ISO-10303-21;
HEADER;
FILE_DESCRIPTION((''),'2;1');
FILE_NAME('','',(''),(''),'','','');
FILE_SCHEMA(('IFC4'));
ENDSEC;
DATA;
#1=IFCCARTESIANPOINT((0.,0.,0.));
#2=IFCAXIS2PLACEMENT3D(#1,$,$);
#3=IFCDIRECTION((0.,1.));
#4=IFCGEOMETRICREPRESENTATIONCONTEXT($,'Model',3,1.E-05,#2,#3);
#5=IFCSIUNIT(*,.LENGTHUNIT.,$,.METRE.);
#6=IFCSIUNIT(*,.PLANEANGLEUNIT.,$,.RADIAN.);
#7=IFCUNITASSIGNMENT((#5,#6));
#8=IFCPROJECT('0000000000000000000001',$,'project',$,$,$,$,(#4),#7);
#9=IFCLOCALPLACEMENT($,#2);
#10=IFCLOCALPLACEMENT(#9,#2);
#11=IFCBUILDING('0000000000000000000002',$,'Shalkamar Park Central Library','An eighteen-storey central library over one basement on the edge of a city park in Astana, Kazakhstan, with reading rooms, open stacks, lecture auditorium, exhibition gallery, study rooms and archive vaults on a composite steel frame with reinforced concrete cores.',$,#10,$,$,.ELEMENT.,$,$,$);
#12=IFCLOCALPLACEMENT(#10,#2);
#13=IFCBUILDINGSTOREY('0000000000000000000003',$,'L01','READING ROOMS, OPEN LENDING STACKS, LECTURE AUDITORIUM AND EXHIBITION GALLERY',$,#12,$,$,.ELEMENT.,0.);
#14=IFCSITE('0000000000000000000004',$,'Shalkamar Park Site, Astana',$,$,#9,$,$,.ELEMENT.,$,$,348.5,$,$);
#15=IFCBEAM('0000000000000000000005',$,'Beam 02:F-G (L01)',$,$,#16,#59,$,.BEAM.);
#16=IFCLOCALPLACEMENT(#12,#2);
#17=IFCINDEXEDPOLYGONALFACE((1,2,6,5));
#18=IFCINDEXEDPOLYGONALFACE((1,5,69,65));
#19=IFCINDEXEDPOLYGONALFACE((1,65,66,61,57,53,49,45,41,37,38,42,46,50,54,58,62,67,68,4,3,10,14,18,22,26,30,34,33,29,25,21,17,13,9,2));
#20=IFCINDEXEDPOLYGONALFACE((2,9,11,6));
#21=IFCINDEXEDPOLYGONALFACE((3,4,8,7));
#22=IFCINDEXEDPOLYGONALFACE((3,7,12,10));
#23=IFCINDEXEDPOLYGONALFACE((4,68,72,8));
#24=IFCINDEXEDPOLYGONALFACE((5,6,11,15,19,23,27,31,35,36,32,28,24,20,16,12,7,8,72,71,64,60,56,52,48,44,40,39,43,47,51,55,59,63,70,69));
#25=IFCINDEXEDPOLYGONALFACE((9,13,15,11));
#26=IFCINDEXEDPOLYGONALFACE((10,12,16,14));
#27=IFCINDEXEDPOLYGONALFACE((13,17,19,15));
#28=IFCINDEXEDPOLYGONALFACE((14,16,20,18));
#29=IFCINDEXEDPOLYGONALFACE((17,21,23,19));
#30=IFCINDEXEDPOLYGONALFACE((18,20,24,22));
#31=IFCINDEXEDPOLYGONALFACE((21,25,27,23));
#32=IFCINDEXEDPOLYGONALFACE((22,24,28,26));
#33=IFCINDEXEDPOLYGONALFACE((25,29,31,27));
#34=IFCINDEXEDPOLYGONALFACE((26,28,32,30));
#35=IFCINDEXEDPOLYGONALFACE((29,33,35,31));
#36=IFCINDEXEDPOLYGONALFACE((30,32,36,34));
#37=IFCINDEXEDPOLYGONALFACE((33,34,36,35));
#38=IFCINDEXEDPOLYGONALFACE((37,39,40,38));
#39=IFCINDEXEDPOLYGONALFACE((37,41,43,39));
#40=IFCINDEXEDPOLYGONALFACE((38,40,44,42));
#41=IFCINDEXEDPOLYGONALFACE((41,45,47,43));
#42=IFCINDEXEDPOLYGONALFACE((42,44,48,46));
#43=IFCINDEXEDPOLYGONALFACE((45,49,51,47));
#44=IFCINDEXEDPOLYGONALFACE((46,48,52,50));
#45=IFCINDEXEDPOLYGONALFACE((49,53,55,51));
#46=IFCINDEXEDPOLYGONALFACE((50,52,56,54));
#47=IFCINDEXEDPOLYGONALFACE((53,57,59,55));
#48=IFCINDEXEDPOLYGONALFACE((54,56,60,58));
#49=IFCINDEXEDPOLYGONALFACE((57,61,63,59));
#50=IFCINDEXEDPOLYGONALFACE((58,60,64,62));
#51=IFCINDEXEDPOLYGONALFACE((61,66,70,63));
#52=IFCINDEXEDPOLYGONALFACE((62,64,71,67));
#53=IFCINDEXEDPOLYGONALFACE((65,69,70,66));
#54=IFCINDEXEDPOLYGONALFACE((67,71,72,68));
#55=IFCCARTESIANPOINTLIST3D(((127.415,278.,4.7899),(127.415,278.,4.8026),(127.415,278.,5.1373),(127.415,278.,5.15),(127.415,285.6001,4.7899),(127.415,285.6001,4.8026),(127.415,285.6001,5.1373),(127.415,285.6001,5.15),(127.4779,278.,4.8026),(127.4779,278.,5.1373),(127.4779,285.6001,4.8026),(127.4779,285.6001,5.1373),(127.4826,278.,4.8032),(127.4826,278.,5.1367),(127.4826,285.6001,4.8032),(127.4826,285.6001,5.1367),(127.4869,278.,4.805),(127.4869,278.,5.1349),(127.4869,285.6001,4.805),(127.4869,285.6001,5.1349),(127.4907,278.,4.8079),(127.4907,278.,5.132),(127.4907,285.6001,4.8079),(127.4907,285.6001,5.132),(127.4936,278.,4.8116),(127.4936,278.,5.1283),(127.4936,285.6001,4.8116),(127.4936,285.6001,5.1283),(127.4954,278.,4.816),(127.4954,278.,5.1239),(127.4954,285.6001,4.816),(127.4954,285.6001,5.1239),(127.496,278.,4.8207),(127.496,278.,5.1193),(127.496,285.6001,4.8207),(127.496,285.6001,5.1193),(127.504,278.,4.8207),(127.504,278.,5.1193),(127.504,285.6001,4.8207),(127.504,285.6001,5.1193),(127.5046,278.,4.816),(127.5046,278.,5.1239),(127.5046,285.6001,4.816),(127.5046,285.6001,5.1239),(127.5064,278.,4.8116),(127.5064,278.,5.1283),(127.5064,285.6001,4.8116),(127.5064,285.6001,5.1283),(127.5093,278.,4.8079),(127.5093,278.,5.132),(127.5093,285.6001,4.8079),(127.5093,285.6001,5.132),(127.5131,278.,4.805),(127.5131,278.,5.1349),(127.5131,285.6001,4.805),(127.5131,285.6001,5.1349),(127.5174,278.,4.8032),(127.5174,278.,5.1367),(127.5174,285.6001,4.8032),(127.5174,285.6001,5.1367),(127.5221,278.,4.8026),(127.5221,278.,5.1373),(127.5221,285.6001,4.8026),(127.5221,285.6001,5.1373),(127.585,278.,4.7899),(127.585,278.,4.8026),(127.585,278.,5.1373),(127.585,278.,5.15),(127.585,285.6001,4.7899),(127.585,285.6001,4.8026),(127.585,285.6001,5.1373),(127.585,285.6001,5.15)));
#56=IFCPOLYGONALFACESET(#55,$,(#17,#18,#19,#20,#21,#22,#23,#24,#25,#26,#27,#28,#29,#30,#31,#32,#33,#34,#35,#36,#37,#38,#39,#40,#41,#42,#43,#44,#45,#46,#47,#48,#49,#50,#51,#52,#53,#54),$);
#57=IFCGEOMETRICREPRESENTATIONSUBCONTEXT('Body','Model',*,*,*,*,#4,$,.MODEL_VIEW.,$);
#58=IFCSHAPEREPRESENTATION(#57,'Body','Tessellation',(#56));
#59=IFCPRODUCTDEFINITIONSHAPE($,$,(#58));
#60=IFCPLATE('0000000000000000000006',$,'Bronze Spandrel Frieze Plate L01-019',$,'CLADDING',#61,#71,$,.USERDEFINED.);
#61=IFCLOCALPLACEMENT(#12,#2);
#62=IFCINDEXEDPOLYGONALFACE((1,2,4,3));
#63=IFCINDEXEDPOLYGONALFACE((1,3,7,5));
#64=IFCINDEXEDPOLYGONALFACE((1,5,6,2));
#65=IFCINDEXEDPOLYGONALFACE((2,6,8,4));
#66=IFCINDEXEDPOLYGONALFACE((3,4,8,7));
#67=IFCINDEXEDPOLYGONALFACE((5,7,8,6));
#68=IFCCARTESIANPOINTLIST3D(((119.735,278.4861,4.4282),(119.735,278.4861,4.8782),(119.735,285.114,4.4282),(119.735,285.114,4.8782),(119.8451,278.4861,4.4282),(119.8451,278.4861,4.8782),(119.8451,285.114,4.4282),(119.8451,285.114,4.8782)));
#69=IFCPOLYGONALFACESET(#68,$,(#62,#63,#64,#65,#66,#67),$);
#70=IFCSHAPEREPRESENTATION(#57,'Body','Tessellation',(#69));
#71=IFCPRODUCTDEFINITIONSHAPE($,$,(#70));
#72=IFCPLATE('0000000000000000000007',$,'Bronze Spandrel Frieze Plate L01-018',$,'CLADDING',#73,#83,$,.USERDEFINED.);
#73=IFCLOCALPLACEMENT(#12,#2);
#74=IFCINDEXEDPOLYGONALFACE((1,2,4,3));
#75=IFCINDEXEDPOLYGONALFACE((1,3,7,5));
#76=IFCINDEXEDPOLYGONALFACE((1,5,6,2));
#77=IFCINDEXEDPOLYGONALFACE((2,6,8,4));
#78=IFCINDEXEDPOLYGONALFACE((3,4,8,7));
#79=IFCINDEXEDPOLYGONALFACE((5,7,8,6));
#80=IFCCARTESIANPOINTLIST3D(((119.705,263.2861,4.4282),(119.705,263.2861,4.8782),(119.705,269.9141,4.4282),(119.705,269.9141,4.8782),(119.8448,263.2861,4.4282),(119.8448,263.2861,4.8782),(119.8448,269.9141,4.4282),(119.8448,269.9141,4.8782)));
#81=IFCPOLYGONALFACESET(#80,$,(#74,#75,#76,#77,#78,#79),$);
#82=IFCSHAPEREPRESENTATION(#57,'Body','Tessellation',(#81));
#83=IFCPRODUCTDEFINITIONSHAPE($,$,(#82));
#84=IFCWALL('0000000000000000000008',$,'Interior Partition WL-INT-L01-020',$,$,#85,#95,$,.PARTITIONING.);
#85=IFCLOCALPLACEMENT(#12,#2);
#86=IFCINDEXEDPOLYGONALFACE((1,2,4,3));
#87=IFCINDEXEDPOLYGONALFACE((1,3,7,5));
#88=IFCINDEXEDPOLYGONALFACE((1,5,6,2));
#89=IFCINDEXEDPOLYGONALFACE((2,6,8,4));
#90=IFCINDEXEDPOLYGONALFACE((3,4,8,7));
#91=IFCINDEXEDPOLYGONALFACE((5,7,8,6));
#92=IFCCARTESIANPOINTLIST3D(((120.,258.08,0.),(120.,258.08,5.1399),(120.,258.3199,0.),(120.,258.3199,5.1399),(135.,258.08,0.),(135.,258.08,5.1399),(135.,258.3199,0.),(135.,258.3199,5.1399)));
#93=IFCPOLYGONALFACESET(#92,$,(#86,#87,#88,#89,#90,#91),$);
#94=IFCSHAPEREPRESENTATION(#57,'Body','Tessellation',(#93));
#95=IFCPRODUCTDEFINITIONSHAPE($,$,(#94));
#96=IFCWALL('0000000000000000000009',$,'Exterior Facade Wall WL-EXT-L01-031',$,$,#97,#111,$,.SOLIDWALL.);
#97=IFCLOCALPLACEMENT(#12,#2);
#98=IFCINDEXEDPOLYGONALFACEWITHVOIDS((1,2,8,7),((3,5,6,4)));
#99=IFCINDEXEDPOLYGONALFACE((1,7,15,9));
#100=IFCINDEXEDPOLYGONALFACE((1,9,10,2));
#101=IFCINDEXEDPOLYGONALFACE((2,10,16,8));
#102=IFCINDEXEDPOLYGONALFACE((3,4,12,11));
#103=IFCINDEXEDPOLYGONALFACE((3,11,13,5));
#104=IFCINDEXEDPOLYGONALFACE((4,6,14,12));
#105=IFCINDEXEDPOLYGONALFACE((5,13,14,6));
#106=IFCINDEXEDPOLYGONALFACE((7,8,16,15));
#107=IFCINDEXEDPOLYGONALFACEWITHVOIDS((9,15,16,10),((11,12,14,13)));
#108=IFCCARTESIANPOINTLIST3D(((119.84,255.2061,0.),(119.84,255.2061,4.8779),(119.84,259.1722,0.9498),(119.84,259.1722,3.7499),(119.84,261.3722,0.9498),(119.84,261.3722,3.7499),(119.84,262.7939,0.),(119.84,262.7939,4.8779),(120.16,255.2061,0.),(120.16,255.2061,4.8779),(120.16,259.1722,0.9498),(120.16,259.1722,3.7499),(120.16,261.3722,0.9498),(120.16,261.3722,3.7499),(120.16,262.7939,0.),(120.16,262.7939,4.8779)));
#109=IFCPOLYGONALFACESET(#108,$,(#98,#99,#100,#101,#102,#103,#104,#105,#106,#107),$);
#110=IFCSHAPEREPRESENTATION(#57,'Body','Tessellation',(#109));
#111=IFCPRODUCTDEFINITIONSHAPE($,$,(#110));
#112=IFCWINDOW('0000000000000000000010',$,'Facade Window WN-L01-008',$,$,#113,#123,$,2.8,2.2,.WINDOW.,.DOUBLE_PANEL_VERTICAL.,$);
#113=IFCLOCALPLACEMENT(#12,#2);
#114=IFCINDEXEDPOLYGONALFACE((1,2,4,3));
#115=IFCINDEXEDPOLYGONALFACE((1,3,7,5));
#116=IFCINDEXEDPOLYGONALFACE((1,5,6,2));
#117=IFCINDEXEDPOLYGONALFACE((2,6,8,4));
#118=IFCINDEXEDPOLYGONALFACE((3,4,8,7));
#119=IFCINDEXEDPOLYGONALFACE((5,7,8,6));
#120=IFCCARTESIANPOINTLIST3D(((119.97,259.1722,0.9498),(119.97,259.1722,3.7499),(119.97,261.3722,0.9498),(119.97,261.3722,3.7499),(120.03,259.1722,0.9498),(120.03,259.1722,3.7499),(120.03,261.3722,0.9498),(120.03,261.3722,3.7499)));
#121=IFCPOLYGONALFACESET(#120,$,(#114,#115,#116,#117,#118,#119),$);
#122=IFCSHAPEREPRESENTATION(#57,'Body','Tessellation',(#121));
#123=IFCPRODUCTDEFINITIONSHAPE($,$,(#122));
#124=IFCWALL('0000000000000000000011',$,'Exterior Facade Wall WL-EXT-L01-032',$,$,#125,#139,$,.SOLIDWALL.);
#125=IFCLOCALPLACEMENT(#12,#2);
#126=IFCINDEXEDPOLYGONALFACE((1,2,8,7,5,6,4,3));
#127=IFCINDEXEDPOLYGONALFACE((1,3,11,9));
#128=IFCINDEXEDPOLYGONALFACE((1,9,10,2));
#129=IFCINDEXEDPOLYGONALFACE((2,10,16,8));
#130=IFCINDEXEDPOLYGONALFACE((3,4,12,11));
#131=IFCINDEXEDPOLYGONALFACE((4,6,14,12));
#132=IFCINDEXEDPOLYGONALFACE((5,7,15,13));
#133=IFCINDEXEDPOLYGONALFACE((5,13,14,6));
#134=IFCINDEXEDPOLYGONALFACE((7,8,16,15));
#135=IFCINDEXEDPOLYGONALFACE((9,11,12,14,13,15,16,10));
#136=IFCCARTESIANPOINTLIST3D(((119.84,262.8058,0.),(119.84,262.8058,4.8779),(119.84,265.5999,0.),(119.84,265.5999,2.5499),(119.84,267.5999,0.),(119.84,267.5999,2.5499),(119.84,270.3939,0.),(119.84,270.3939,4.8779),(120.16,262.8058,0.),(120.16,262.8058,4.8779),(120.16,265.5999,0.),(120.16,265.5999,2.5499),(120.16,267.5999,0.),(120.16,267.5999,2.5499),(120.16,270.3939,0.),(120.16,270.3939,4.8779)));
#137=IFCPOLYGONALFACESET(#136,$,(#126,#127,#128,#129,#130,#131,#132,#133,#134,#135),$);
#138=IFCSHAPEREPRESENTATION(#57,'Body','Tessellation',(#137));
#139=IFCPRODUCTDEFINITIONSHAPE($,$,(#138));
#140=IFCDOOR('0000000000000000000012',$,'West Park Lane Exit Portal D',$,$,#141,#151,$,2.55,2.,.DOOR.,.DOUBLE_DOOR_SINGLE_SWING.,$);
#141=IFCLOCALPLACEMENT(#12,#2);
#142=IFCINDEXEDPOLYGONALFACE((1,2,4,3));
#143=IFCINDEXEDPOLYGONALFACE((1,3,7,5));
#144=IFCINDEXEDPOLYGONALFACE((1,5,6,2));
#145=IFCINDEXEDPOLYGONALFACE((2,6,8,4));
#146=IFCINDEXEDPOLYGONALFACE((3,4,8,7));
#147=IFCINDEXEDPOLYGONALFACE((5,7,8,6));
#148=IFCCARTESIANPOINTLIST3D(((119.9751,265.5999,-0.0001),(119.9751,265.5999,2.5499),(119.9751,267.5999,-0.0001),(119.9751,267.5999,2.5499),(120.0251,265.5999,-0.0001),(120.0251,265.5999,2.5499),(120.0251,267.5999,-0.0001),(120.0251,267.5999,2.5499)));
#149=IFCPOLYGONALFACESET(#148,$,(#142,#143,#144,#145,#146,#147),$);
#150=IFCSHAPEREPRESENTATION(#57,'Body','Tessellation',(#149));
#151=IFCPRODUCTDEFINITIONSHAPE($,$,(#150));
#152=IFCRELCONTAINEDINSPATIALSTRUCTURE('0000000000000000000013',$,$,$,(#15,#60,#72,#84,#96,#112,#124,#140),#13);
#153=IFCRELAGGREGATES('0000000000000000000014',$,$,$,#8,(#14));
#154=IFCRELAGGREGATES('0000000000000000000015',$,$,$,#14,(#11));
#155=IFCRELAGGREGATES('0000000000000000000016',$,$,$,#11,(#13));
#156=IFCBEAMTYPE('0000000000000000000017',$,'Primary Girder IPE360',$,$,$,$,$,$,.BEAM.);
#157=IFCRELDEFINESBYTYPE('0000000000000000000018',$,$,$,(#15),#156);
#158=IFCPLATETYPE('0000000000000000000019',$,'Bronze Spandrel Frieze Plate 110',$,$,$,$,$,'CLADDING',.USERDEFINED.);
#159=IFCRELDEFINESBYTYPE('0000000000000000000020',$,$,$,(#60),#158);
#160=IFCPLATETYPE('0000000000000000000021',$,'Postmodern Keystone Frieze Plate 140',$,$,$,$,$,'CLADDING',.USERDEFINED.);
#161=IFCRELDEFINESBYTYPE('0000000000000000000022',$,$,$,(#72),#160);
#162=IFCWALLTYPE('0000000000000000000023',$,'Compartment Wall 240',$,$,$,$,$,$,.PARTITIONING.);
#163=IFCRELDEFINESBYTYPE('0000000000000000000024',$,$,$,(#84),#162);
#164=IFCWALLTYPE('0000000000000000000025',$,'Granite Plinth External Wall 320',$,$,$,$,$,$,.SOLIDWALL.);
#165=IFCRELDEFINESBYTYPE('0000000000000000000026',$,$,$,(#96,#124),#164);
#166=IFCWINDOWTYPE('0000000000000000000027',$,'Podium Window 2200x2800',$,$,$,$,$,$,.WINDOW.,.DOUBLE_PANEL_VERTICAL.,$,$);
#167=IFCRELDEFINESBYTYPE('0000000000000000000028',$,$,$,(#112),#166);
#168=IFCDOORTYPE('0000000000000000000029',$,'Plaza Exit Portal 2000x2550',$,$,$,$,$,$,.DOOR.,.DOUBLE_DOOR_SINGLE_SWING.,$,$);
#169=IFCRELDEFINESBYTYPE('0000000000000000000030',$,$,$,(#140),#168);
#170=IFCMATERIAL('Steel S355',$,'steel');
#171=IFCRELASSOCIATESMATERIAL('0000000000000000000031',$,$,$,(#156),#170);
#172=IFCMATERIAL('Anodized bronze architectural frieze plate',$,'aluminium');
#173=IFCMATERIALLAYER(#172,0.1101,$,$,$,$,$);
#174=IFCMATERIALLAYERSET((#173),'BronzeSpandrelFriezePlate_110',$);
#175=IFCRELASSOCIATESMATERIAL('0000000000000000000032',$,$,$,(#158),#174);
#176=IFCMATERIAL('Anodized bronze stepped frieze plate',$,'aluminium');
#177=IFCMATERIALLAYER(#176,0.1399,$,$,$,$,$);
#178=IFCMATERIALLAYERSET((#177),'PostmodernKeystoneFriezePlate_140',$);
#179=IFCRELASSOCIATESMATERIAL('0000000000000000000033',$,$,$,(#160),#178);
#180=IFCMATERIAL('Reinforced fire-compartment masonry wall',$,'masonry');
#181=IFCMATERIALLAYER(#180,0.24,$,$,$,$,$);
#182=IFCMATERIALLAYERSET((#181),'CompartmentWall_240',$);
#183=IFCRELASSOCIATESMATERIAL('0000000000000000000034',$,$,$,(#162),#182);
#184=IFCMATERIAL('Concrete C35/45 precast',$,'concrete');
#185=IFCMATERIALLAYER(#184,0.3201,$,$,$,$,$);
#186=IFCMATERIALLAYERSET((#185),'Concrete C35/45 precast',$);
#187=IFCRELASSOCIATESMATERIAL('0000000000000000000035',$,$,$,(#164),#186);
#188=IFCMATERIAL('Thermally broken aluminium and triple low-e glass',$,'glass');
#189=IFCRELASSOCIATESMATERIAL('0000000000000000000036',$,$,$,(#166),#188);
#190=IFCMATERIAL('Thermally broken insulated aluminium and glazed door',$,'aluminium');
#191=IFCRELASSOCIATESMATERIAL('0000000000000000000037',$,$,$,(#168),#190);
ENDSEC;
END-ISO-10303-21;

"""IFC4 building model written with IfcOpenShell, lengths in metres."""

from ifc_helpers import new_model, si_unit, direction, frame, frame_2d, origin, origin_2d, place, context, subcontext, project, spatial, rectangle, i_section, extrude, material, layer, layer_set, material_profile, profile_set, type_object, element, fill, save


model = new_model("IFC4")

# Units and contexts
model_context = context("Model", 3, precision=1e-05, world=origin(), true_north=direction((0.0, 1.0)))
body_context = subcontext(model_context, "Body", "Model", "MODEL_VIEW")
ifc_project = project(units=[si_unit("LENGTHUNIT", "METRE"), si_unit("PLANEANGLEUNIT", "RADIAN")], contexts=[model_context])

# Site, building, storey
site_placement = place(None, origin())
site = spatial("IfcSite", under=ifc_project, at=site_placement, Name="Shalkamar Park Site, Astana", CompositionType="ELEMENT", RefElevation=348.5)
building_placement = place(site_placement, origin())
building = spatial("IfcBuilding", under=site, at=building_placement, Name="Shalkamar Park Central Library", Description="An eighteen-storey central library over one basement on the edge of a city park in Astana, Kazakhstan, with reading rooms, open stacks, lecture auditorium, exhibition gallery, study rooms and archive vaults on a composite steel frame with reinforced concrete cores.", CompositionType="ELEMENT")
storey_placement = place(building_placement, origin())
storey = spatial("IfcBuildingStorey", under=building, at=storey_placement, Name="L01", Description="READING ROOMS, OPEN LENDING STACKS, LECTURE AUDITORIUM AND EXHIBITION GALLERY", CompositionType="ELEMENT", Elevation=0.0)

# Shared definitions
ifc_material_1 = material(Name="Steel S355", Category="steel")

# Beam
ifc_material_profile_1 = material_profile(ifc_material_1, i_section(OverallWidth=0.1699, OverallDepth=0.3601, WebThickness=0.0081, FlangeThickness=0.0127, FilletRadius=0.0181, at=origin_2d()), Name="IPE 360")
ifc_profile_set_1 = profile_set([ifc_material_profile_1], Name="Steel S355")
beam_type_1 = type_object("IfcBeamType", Name="Primary Girder IPE360", PredefinedType="BEAM", material=ifc_profile_set_1)
for number, where, z_axis, x_axis, name in (
    (1, (127.5, 278.0, 4.97), (0.0, 1.0, 0.0), (-1.0, 0.0, 0.0), "Beam 02:F-G (L01)"),
):
    element("IfcBeam", number, at=place(storey_placement, frame(where, z_axis=z_axis, x_axis=x_axis)), inside=storey, type_object=beam_type_1, Name=name, PredefinedType="BEAM", context=body_context, shape_type="SweptSolid", body=[
        extrude(i_section(OverallWidth=0.1699, OverallDepth=0.3601, WebThickness=0.0081, FlangeThickness=0.0127, FilletRadius=0.0181, at=origin_2d()), origin(), (0.0, 0.0, 1.0), 7.6001),
    ])

# Plates
ifc_material_2 = material(Name="Anodized bronze architectural frieze plate", Category="aluminium")
ifc_layer_1 = layer(ifc_material_2, 0.1101)
ifc_layer_set_1 = layer_set([ifc_layer_1], Name="BronzeSpandrelFriezePlate_110")
plate_type_1 = type_object("IfcPlateType", Name="Bronze Spandrel Frieze Plate 110", ElementType="CLADDING", PredefinedType="USERDEFINED", material=ifc_layer_set_1)
plate_1_placement = place(storey_placement, frame((119.79, 281.8, 4.4282), z_axis=(0.0, 0.0, 1.0), x_axis=(1.0, 0.0, 0.0)))
element("IfcPlate", 2, at=plate_1_placement, inside=storey, type_object=plate_type_1, Name="Bronze Spandrel Frieze Plate L01-019", ObjectType="CLADDING", PredefinedType="USERDEFINED", context=body_context, shape_type="SweptSolid", body=[
    extrude(rectangle(XDim=0.1101, YDim=6.6279, at=origin_2d()), origin(), (0.0, 0.0, 1.0), 0.45),
])
ifc_material_3 = material(Name="Anodized bronze stepped frieze plate", Category="aluminium")
ifc_layer_2 = layer(ifc_material_3, 0.1399)
ifc_layer_set_2 = layer_set([ifc_layer_2], Name="PostmodernKeystoneFriezePlate_140")
plate_type_2 = type_object("IfcPlateType", Name="Postmodern Keystone Frieze Plate 140", ElementType="CLADDING", PredefinedType="USERDEFINED", material=ifc_layer_set_2)
plate_2_placement = place(storey_placement, frame((119.7749, 266.6001, 4.4282), z_axis=(0.0, 0.0, 1.0), x_axis=(1.0, 0.0, 0.0)))
element("IfcPlate", 3, at=plate_2_placement, inside=storey, type_object=plate_type_2, Name="Bronze Spandrel Frieze Plate L01-018", ObjectType="CLADDING", PredefinedType="USERDEFINED", context=body_context, shape_type="SweptSolid", body=[
    extrude(rectangle(XDim=0.1399, YDim=6.6279, at=origin_2d()), origin(), (0.0, 0.0, 1.0), 0.45),
])

# Wall
ifc_material_4 = material(Name="Reinforced fire-compartment masonry wall", Category="masonry")
ifc_layer_3 = layer(ifc_material_4, 0.24)
ifc_layer_set_3 = layer_set([ifc_layer_3], Name="CompartmentWall_240")
wall_type_1 = type_object("IfcWallType", Name="Compartment Wall 240", PredefinedType="PARTITIONING", material=ifc_layer_set_3)
wall_1_placement = place(storey_placement, frame((120.0, 258.2, 0.0), z_axis=(0.0, 0.0, 1.0), x_axis=(1.0, 0.0, 0.0)))
element("IfcWall", 4, at=wall_1_placement, inside=storey, type_object=wall_type_1, Name="Interior Partition WL-INT-L01-020", PredefinedType="PARTITIONING", context=body_context, shape_type="SweptSolid", body=[
    extrude(rectangle(XDim=15.0, YDim=0.24, at=frame_2d((7.5, 0.0))), origin(), (0.0, 0.0, 1.0), 5.1399),
])

# Wall, opening, window
ifc_material_5 = material(Name="Concrete C35/45 precast", Category="concrete")
ifc_layer_4 = layer(ifc_material_5, 0.3201)
ifc_layer_set_4 = layer_set([ifc_layer_4], Name="Concrete C35/45 precast")
wall_type_2 = type_object("IfcWallType", Name="Granite Plinth External Wall 320", PredefinedType="SOLIDWALL", material=ifc_layer_set_4)
wall_2_placement = place(storey_placement, frame((120.0, 255.2061, 0.0), z_axis=(0.0, 0.0, 1.0), x_axis=(0.0, 1.0, 0.0)))
wall_2 = element("IfcWall", 5, at=wall_2_placement, inside=storey, type_object=wall_type_2, Name="Exterior Facade Wall WL-EXT-L01-031", PredefinedType="SOLIDWALL", context=body_context, shape_type="SweptSolid", body=[
    extrude(rectangle(XDim=7.5879, YDim=0.3201, at=frame_2d((3.7939, 0.0))), origin(), (0.0, 0.0, 1.0), 4.8779),
])
opening_1_placement = place(wall_2_placement, frame((3.9661, 0.0, 0.95)))
opening_1 = element("IfcOpeningElement", 6, at=opening_1_placement, cuts=wall_2, PredefinedType="OPENING", context=body_context, shape_type="SweptSolid", body=[
    extrude(rectangle(XDim=2.2, YDim=2.8, at=frame_2d((1.1001, 1.3999))), frame((0.0, 0.1748, 0.0), z_axis=(0.0, -1.0, 0.0), x_axis=(1.0, 0.0, 0.0)), (0.0, 0.0, 1.0), 0.3499),
])
ifc_material_6 = material(Name="Thermally broken aluminium and triple low-e glass", Category="glass")
window_type_1 = type_object("IfcWindowType", Name="Podium Window 2200x2800", PartitioningType="DOUBLE_PANEL_VERTICAL", PredefinedType="WINDOW", material=ifc_material_6)
window_1_placement = place(opening_1_placement, origin())
window_1 = element("IfcWindow", 7, at=window_1_placement, inside=storey, type_object=window_type_1, Name="Facade Window WN-L01-008", OverallHeight=2.8, OverallWidth=2.2, PartitioningType="DOUBLE_PANEL_VERTICAL", PredefinedType="WINDOW", context=body_context, shape_type="SweptSolid", body=[
    extrude(rectangle(XDim=2.2, YDim=2.8, at=frame_2d((1.1001, 1.3999))), frame((0.0, 0.03, 0.0), z_axis=(0.0, -1.0, 0.0), x_axis=(1.0, 0.0, 0.0)), (0.0, 0.0, 1.0), 0.0601),
])
fill(opening_1, window_1)

# Wall, opening, door
wall_3_placement = place(storey_placement, frame((120.0, 262.8059, 0.0), z_axis=(0.0, 0.0, 1.0), x_axis=(0.0, 1.0, 0.0)))
wall_3 = element("IfcWall", 8, at=wall_3_placement, inside=storey, type_object=wall_type_2, Name="Exterior Facade Wall WL-EXT-L01-032", PredefinedType="SOLIDWALL", context=body_context, shape_type="SweptSolid", body=[
    extrude(rectangle(XDim=7.5881, YDim=0.3201, at=frame_2d((3.7939, 0.0))), origin(), (0.0, 0.0, 1.0), 4.8779),
])
opening_2_placement = place(wall_3_placement, frame((2.7939, 0.0, 0.0)))
opening_2 = element("IfcOpeningElement", 9, at=opening_2_placement, cuts=wall_3, PredefinedType="OPENING", context=body_context, shape_type="SweptSolid", body=[
    extrude(rectangle(XDim=2.0, YDim=2.55, at=frame_2d((1.0, 1.2749))), frame((0.0, 0.1748, 0.0), z_axis=(0.0, -1.0, 0.0), x_axis=(1.0, 0.0, 0.0)), (0.0, 0.0, 1.0), 0.3499),
])
ifc_material_7 = material(Name="Thermally broken insulated aluminium and glazed door", Category="aluminium")
door_type = type_object("IfcDoorType", Name="Plaza Exit Portal 2000x2550", OperationType="DOUBLE_DOOR_SINGLE_SWING", PredefinedType="DOOR", material=ifc_material_7)
door_1_placement = place(opening_2_placement, origin())
door_1 = element("IfcDoor", 10, at=door_1_placement, inside=storey, type_object=door_type, Name="West Park Lane Exit Portal D", OperationType="DOUBLE_DOOR_SINGLE_SWING", OverallHeight=2.55, OverallWidth=2.0, PredefinedType="DOOR", context=body_context, shape_type="SweptSolid", body=[
    extrude(rectangle(XDim=2.0, YDim=2.55, at=frame_2d((1.0, 1.2749))), frame((0.0, 0.0249, 0.0), z_axis=(0.0, -1.0, 0.0), x_axis=(1.0, 0.0, 0.0)), (0.0, 0.0, 1.0), 0.05),
])
fill(opening_2, door_1)

save(model, "model.ifc")
